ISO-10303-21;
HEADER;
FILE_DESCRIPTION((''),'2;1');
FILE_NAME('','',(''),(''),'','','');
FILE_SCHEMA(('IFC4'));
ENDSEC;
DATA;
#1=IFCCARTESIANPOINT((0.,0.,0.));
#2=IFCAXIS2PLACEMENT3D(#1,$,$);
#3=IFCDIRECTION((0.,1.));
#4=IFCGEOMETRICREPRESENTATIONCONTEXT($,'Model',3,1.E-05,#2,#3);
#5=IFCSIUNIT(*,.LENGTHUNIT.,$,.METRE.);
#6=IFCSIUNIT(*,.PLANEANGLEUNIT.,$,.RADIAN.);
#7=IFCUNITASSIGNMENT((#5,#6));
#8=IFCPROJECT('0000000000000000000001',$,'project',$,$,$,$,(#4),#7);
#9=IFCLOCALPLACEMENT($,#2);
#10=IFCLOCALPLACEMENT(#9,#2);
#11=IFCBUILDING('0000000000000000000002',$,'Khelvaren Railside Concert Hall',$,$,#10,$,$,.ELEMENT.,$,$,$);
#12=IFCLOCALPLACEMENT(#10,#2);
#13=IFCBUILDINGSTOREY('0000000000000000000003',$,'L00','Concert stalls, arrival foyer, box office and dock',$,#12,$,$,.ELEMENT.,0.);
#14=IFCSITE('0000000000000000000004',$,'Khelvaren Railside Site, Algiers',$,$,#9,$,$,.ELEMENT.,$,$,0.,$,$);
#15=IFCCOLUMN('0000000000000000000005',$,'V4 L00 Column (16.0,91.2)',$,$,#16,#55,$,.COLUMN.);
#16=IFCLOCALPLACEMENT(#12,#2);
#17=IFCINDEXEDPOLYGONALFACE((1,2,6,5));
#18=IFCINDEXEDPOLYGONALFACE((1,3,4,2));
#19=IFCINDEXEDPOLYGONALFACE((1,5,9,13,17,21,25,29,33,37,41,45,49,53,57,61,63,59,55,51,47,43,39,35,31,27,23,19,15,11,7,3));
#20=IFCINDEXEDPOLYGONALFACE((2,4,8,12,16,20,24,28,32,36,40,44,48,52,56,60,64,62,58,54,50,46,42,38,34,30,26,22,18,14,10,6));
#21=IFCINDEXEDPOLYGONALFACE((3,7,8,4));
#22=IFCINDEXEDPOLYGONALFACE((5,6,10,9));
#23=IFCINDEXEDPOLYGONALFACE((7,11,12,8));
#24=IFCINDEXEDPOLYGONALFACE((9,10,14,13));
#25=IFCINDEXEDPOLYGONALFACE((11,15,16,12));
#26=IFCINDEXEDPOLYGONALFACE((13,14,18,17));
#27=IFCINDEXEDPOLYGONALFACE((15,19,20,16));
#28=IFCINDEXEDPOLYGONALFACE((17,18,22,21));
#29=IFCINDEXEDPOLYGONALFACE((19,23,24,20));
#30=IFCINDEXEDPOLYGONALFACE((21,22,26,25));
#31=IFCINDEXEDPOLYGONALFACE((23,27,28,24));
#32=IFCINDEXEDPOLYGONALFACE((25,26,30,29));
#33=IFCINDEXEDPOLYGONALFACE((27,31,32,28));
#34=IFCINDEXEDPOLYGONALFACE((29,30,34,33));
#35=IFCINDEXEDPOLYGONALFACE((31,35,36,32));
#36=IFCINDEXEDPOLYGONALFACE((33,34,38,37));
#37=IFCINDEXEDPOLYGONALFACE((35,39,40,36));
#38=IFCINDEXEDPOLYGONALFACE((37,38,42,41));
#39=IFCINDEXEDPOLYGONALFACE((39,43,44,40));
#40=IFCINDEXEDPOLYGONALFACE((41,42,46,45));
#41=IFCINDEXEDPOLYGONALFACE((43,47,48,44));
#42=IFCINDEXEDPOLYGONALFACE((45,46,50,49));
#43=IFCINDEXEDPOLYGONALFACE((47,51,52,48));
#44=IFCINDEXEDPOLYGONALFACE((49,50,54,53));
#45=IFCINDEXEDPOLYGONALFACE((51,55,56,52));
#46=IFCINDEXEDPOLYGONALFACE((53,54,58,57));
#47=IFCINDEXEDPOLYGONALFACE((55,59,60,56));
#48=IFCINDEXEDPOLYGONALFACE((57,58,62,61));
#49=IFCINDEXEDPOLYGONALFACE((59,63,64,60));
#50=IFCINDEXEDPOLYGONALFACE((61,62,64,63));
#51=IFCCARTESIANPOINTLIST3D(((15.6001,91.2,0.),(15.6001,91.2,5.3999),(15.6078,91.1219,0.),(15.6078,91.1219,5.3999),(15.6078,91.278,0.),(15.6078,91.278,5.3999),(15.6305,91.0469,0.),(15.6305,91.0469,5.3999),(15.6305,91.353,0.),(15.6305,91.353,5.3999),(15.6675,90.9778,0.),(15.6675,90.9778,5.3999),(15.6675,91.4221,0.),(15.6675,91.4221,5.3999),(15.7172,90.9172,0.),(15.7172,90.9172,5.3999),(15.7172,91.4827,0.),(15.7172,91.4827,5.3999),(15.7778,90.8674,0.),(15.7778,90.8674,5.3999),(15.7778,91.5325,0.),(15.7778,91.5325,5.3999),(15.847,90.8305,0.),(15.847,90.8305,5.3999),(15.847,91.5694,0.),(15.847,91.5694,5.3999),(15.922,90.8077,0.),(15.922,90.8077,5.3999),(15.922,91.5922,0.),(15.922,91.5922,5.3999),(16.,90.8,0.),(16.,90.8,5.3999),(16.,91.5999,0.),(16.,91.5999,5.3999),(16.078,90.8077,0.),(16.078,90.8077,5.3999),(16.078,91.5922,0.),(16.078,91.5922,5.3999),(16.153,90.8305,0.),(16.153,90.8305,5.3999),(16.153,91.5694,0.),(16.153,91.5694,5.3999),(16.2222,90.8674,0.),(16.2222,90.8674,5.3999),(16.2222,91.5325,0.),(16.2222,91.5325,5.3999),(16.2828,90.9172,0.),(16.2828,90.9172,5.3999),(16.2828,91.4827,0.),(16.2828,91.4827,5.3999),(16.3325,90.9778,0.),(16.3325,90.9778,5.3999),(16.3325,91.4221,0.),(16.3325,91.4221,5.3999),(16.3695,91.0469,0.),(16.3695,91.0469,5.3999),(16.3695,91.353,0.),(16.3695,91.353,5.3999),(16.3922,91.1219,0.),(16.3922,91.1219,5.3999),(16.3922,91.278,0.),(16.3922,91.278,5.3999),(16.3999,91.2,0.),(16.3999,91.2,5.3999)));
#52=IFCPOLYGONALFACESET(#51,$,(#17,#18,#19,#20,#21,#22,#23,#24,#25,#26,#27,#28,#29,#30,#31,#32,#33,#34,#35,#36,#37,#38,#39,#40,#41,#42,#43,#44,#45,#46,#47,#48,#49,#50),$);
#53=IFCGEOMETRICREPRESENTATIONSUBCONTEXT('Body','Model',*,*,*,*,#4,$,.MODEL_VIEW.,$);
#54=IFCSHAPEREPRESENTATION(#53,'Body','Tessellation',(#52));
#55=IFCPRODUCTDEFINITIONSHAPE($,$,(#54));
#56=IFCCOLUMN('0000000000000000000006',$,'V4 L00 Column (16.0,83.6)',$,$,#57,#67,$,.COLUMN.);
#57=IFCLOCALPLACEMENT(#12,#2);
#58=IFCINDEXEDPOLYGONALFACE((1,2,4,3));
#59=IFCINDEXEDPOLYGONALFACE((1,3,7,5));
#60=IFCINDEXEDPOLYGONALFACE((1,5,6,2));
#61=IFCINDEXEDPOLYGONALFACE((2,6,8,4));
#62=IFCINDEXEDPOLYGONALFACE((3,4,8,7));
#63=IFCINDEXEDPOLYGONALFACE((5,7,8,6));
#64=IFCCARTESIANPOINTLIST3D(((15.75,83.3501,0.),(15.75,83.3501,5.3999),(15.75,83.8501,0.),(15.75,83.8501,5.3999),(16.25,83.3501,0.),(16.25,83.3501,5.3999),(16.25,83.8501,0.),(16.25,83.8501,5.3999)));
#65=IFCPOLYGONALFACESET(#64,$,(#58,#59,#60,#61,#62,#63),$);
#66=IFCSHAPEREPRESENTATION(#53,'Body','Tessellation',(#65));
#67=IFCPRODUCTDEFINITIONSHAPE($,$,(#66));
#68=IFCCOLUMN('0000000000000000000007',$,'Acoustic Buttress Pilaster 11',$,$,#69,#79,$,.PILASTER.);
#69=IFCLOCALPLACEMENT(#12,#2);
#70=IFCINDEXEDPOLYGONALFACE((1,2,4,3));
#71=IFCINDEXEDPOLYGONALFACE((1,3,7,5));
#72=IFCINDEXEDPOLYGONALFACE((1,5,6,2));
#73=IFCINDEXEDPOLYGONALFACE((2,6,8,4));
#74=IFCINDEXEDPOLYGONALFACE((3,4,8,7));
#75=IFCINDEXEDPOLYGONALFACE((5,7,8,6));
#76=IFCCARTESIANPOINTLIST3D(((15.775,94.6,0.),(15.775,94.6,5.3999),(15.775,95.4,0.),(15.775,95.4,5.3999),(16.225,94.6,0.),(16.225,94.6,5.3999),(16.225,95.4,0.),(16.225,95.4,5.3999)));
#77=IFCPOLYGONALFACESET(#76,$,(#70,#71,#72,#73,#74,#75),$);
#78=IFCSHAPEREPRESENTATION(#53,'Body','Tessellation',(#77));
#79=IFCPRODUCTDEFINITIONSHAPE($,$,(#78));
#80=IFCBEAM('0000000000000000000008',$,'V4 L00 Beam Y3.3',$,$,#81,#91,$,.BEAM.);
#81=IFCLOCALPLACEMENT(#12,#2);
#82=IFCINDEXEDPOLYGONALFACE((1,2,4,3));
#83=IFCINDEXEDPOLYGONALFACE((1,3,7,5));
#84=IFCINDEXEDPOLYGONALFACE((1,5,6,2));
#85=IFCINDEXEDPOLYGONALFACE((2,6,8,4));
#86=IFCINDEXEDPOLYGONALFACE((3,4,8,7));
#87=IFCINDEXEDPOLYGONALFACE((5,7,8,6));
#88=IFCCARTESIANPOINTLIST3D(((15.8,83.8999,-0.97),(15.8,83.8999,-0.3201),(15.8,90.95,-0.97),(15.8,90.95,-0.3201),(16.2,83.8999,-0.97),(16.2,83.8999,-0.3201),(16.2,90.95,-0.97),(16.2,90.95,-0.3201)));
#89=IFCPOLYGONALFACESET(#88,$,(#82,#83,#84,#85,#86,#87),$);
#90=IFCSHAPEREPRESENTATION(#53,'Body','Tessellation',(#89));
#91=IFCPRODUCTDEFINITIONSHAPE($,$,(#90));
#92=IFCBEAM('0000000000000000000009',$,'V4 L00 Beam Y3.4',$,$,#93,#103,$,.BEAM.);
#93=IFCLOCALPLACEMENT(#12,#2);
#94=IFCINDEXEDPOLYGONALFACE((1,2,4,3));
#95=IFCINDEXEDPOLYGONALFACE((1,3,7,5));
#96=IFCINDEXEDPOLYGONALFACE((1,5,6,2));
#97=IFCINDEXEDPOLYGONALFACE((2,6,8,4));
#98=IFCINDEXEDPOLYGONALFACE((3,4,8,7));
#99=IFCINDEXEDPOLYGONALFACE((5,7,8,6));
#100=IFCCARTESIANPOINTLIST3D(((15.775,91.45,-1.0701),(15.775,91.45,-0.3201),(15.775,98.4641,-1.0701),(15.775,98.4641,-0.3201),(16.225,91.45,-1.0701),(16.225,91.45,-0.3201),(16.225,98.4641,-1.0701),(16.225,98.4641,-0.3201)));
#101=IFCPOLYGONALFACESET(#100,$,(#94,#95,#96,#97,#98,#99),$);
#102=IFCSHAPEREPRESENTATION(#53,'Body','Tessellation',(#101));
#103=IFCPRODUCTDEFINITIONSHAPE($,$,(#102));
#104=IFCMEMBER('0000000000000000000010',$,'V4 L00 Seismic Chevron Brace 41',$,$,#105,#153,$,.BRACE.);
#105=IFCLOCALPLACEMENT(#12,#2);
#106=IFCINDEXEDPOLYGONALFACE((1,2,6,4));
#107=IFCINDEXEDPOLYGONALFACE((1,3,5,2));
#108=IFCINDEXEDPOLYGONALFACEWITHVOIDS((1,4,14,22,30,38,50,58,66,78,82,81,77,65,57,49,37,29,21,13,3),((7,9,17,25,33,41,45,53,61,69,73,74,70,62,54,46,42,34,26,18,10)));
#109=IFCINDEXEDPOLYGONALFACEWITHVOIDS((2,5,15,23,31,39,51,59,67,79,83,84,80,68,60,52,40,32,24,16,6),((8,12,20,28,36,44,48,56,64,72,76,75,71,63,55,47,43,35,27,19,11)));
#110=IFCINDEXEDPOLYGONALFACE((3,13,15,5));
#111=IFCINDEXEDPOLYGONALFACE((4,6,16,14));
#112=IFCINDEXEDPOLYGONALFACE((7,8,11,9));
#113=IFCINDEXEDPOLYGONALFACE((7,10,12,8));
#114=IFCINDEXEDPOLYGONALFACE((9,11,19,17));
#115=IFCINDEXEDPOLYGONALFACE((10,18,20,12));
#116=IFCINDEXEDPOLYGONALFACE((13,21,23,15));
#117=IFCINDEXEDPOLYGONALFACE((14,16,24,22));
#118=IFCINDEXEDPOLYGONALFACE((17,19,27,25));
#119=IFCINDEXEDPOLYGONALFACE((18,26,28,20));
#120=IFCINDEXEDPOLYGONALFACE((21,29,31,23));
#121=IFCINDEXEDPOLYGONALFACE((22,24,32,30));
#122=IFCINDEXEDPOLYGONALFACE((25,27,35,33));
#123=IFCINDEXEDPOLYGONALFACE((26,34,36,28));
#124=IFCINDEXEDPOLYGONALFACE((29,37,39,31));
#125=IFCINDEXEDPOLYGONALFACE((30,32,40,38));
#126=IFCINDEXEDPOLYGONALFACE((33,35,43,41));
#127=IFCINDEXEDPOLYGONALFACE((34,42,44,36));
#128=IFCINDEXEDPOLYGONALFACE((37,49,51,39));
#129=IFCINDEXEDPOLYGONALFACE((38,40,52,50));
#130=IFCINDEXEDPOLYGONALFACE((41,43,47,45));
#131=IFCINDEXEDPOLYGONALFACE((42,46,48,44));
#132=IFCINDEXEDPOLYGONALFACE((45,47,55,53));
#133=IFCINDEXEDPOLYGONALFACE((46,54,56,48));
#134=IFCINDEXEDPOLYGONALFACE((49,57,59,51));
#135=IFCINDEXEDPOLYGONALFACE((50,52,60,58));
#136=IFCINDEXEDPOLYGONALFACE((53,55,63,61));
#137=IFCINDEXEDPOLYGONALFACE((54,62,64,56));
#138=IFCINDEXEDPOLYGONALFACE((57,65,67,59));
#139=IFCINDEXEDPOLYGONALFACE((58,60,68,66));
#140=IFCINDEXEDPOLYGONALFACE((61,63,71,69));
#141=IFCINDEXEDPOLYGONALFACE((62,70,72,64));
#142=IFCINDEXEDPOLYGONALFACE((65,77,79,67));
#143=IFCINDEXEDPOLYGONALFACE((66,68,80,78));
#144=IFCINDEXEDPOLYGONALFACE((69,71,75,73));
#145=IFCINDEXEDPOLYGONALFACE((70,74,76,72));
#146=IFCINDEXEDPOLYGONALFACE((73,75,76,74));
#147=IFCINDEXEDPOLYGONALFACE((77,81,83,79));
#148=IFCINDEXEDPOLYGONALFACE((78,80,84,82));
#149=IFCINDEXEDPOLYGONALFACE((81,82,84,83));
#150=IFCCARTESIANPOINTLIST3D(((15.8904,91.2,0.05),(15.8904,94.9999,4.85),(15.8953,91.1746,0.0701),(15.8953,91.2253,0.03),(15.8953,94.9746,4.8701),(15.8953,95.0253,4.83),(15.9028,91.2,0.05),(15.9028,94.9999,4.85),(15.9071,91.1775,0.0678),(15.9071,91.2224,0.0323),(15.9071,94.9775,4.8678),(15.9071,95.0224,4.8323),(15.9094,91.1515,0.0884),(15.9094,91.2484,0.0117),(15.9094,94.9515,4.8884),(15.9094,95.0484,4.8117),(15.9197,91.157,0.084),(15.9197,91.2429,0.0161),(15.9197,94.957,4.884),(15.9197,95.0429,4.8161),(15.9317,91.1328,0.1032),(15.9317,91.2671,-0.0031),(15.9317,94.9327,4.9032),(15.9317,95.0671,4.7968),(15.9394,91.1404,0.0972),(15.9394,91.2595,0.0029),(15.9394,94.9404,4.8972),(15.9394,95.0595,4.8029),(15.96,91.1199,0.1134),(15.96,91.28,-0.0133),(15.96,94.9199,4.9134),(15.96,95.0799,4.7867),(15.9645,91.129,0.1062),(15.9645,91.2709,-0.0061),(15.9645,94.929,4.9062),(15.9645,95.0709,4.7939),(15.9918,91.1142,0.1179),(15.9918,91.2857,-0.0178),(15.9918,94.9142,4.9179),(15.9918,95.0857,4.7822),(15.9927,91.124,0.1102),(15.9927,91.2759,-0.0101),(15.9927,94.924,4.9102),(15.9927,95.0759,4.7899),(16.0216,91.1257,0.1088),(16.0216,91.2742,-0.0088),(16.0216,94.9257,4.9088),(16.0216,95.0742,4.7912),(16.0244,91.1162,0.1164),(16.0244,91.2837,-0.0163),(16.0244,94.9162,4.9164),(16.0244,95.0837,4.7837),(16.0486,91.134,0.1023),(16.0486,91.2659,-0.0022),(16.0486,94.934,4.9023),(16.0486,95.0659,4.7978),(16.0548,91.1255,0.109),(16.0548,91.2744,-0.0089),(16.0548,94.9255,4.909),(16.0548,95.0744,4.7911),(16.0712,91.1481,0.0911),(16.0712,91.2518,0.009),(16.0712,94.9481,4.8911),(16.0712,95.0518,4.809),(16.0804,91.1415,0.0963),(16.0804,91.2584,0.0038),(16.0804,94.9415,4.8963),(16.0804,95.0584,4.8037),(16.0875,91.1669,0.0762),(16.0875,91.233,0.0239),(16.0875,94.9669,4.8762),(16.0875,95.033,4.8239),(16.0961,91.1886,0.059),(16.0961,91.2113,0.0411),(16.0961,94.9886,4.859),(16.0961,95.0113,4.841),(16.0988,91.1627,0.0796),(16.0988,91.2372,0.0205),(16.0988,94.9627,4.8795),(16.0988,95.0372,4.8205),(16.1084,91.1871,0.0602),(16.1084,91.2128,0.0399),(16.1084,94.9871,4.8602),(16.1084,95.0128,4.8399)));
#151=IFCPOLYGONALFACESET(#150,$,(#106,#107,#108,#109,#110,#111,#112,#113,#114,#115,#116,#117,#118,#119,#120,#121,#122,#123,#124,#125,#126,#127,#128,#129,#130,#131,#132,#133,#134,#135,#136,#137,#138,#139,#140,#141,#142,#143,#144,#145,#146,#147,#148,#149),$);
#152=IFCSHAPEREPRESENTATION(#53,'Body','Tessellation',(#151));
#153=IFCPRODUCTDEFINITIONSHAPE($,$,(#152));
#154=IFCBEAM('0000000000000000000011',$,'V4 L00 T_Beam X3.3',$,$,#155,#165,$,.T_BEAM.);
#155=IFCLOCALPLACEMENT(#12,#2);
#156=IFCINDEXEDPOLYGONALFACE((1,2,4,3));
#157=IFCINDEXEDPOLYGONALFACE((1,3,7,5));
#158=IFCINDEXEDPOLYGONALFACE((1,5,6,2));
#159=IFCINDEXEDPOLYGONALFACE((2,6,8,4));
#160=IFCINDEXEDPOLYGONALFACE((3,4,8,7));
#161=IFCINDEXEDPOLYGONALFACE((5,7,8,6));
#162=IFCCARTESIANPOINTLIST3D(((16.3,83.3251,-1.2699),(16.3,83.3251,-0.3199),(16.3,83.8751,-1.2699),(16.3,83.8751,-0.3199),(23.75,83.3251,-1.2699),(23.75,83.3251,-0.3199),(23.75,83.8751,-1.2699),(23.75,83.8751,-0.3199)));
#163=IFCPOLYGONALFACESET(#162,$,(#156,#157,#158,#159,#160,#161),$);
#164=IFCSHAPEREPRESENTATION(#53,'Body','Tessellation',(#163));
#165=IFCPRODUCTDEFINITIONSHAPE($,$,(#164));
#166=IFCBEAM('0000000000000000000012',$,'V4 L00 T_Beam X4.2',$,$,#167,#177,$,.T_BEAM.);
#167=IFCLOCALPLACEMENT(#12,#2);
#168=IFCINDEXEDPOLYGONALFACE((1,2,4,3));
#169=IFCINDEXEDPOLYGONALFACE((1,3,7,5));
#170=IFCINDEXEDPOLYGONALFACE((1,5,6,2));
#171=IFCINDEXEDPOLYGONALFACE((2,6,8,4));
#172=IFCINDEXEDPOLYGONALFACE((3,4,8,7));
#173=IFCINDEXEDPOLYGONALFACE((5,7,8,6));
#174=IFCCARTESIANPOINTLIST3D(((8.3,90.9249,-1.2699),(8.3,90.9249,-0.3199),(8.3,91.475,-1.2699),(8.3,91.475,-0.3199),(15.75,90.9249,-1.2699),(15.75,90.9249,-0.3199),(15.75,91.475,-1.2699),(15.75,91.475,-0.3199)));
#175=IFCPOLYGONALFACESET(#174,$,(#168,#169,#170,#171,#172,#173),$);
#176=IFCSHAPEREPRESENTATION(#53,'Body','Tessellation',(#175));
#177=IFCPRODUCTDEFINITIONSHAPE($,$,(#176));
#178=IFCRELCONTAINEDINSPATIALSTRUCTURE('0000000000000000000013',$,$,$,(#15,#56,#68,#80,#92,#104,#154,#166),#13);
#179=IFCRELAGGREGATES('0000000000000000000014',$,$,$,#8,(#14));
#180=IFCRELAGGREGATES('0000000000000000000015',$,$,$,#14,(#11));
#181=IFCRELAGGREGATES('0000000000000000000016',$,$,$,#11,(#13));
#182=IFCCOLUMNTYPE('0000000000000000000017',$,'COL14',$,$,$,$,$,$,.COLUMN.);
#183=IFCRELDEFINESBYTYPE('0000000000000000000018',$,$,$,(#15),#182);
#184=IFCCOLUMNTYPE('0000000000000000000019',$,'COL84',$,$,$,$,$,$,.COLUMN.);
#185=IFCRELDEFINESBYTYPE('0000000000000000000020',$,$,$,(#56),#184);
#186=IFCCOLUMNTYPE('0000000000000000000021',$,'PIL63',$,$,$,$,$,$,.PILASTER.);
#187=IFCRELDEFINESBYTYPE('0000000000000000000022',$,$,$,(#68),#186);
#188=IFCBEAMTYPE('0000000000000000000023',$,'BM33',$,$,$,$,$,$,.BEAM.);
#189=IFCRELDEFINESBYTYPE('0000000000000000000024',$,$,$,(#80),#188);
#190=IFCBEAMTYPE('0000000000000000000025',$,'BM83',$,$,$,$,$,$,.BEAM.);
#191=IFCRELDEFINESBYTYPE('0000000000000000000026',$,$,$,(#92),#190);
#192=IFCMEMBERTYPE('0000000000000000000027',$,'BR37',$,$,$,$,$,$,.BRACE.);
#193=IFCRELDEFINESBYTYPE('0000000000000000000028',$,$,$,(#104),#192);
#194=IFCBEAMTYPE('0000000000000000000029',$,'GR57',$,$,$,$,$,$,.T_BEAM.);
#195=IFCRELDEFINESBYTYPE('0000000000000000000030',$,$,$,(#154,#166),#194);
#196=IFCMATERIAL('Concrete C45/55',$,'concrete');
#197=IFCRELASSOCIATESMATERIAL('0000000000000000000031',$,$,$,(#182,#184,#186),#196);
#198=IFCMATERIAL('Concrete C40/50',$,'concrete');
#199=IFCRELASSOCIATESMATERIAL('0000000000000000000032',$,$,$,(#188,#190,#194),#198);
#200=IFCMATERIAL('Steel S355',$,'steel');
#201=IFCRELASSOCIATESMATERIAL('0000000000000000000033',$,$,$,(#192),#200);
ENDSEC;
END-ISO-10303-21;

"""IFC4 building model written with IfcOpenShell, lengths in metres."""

from ifc_helpers import new_model, si_unit, direction, frame, origin, origin_2d, place, context, subcontext, project, spatial, rectangle, circle, hollow_circle, extrude, material, material_profile, profile_set, type_object, element, save


model = new_model("IFC4")

# Units and contexts
model_context = context("Model", 3, precision=1e-05, world=origin(), true_north=direction((0.0, 1.0)))
body_context = subcontext(model_context, "Body", "Model", "MODEL_VIEW")
ifc_project = project(units=[si_unit("LENGTHUNIT", "METRE"), si_unit("PLANEANGLEUNIT", "RADIAN")], contexts=[model_context])

# Site, building, storey
site_placement = place(None, origin())
site = spatial("IfcSite", under=ifc_project, at=site_placement, Name="Khelvaren Railside Site, Algiers", CompositionType="ELEMENT", RefElevation=0.0)
building_placement = place(site_placement, origin())
building = spatial("IfcBuilding", under=site, at=building_placement, Name="Khelvaren Railside Concert Hall", CompositionType="ELEMENT")
storey_placement = place(building_placement, origin())
storey = spatial("IfcBuildingStorey", under=building, at=storey_placement, Name="L00", Description="Concert stalls, arrival foyer, box office and dock", CompositionType="ELEMENT", Elevation=0.0)

# Columns
ifc_material_1 = material(Name="Concrete C45/55", Category="concrete")
ifc_material_profile_1 = material_profile(ifc_material_1, circle(Radius=0.3999, at=origin_2d()), Name="RC D800")
ifc_profile_set_1 = profile_set([ifc_material_profile_1], Name="Concrete C45/55")
column_type_1 = type_object("IfcColumnType", Name="COL14", PredefinedType="COLUMN", material=ifc_profile_set_1)
column_1_placement = place(storey_placement, frame((16.0, 91.2, 0.0), z_axis=(0.0, 0.0, 1.0), x_axis=(1.0, 0.0, 0.0)))
element("IfcColumn", 1, at=column_1_placement, inside=storey, type_object=column_type_1, Name="V4 L00 Column (16.0,91.2)", PredefinedType="COLUMN", context=body_context, shape_type="SweptSolid", body=[
    extrude(circle(Radius=0.3999, at=origin_2d()), origin(), (0.0, 0.0, 1.0), 5.3999),
])
ifc_material_profile_2 = material_profile(ifc_material_1, rectangle(XDim=0.5, YDim=0.5, at=origin_2d()), Name="RC 500x500")
ifc_profile_set_2 = profile_set([ifc_material_profile_2], Name="Concrete C45/55")
column_type_2 = type_object("IfcColumnType", Name="COL84", PredefinedType="COLUMN", material=ifc_profile_set_2)
column_2_placement = place(storey_placement, frame((16.0, 83.6001, 0.0), z_axis=(0.0, 0.0, 1.0), x_axis=(1.0, 0.0, 0.0)))
element("IfcColumn", 2, at=column_2_placement, inside=storey, type_object=column_type_2, Name="V4 L00 Column (16.0,83.6)", PredefinedType="COLUMN", context=body_context, shape_type="SweptSolid", body=[
    extrude(rectangle(XDim=0.5, YDim=0.5, at=origin_2d()), origin(), (0.0, 0.0, 1.0), 5.3999),
])
ifc_material_profile_3 = material_profile(ifc_material_1, rectangle(XDim=0.45, YDim=0.8, at=origin_2d()), Name="PIL 450x800")
ifc_profile_set_3 = profile_set([ifc_material_profile_3], Name="Concrete C45/55")
column_type_3 = type_object("IfcColumnType", Name="PIL63", PredefinedType="PILASTER", material=ifc_profile_set_3)
column_3_placement = place(storey_placement, frame((16.0, 95.0, 0.0), z_axis=(0.0, 0.0, 1.0), x_axis=(1.0, 0.0, 0.0)))
element("IfcColumn", 3, at=column_3_placement, inside=storey, type_object=column_type_3, Name="Acoustic Buttress Pilaster 11", PredefinedType="PILASTER", context=body_context, shape_type="SweptSolid", body=[
    extrude(rectangle(XDim=0.45, YDim=0.8, at=origin_2d()), origin(), (0.0, 0.0, 1.0), 5.3999),
])

# Beams
ifc_material_2 = material(Name="Concrete C40/50", Category="concrete")
ifc_material_profile_4 = material_profile(ifc_material_2, rectangle(XDim=0.3999, YDim=0.6499, at=origin_2d()), Name="RCB 400x650")
ifc_profile_set_4 = profile_set([ifc_material_profile_4], Name="Concrete C40/50")
beam_type_1 = type_object("IfcBeamType", Name="BM33", PredefinedType="BEAM", material=ifc_profile_set_4)
beam_1_placement = place(storey_placement, frame((16.0, 83.8999, -0.645), z_axis=(0.0, 1.0, 0.0), x_axis=(-1.0, 0.0, 0.0)))
element("IfcBeam", 4, at=beam_1_placement, inside=storey, type_object=beam_type_1, Name="V4 L00 Beam Y3.3", PredefinedType="BEAM", context=body_context, shape_type="SweptSolid", body=[
    extrude(rectangle(XDim=0.3999, YDim=0.6499, at=origin_2d()), origin(), (0.0, 0.0, 1.0), 7.05),
])
ifc_material_profile_5 = material_profile(ifc_material_2, rectangle(XDim=0.45, YDim=0.75, at=origin_2d()), Name="RCB 450x750")
ifc_profile_set_5 = profile_set([ifc_material_profile_5], Name="Concrete C40/50")
beam_type_2 = type_object("IfcBeamType", Name="BM83", PredefinedType="BEAM", material=ifc_profile_set_5)
beam_2_placement = place(storey_placement, frame((16.0, 91.45, -0.6951), z_axis=(0.0, 1.0, 0.0), x_axis=(-1.0, 0.0, 0.0)))
element("IfcBeam", 5, at=beam_2_placement, inside=storey, type_object=beam_type_2, Name="V4 L00 Beam Y3.4", PredefinedType="BEAM", context=body_context, shape_type="SweptSolid", body=[
    extrude(rectangle(XDim=0.45, YDim=0.75, at=origin_2d()), origin(), (0.0, 0.0, 1.0), 7.0142),
])

# Member
ifc_material_3 = material(Name="Steel S355", Category="steel")
ifc_material_profile_6 = material_profile(ifc_material_3, hollow_circle(Radius=0.1096, WallThickness=0.0125, at=origin_2d()), Name="CHS 219.1x12.5")
ifc_profile_set_6 = profile_set([ifc_material_profile_6], Name="Steel S355")
member_type = type_object("IfcMemberType", Name="BR37", PredefinedType="BRACE", material=ifc_profile_set_6)
member_placement = place(storey_placement, frame((16.0, 91.2, 0.05), z_axis=(0.0, 0.620704, 0.784045), x_axis=(-1.0, 0.0, 0.0)))
element("IfcMember", 6, at=member_placement, inside=storey, type_object=member_type, Name="V4 L00 Seismic Chevron Brace 41", PredefinedType="BRACE", context=body_context, shape_type="SweptSolid", body=[
    extrude(hollow_circle(Radius=0.1096, WallThickness=0.0125, at=origin_2d()), origin(), (0.0, 0.0, 1.0), 6.1221),
])

# Beams
ifc_material_profile_7 = material_profile(ifc_material_2, rectangle(XDim=0.55, YDim=0.95, at=origin_2d()), Name="RCB 550x950")
ifc_profile_set_7 = profile_set([ifc_material_profile_7], Name="Concrete C40/50")
beam_type_3 = type_object("IfcBeamType", Name="GR57", PredefinedType="T_BEAM", material=ifc_profile_set_7)
for number, where, z_axis, x_axis, name in (
    (7, (16.3, 83.6001, -0.7949), (1.0, 0.0, 0.0), (0.0, 1.0, 0.0), "V4 L00 T_Beam X3.3"),
    (8, (8.3, 91.2, -0.7949), (1.0, 0.0, 0.0), (0.0, 1.0, 0.0), "V4 L00 T_Beam X4.2"),
):
    element("IfcBeam", number, at=place(storey_placement, frame(where, z_axis=z_axis, x_axis=x_axis)), inside=storey, type_object=beam_type_3, Name=name, PredefinedType="T_BEAM", context=body_context, shape_type="SweptSolid", body=[
        extrude(rectangle(XDim=0.55, YDim=0.95, at=origin_2d()), origin(), (0.0, 0.0, 1.0), 7.45),
    ])

save(model, "model.ifc")
